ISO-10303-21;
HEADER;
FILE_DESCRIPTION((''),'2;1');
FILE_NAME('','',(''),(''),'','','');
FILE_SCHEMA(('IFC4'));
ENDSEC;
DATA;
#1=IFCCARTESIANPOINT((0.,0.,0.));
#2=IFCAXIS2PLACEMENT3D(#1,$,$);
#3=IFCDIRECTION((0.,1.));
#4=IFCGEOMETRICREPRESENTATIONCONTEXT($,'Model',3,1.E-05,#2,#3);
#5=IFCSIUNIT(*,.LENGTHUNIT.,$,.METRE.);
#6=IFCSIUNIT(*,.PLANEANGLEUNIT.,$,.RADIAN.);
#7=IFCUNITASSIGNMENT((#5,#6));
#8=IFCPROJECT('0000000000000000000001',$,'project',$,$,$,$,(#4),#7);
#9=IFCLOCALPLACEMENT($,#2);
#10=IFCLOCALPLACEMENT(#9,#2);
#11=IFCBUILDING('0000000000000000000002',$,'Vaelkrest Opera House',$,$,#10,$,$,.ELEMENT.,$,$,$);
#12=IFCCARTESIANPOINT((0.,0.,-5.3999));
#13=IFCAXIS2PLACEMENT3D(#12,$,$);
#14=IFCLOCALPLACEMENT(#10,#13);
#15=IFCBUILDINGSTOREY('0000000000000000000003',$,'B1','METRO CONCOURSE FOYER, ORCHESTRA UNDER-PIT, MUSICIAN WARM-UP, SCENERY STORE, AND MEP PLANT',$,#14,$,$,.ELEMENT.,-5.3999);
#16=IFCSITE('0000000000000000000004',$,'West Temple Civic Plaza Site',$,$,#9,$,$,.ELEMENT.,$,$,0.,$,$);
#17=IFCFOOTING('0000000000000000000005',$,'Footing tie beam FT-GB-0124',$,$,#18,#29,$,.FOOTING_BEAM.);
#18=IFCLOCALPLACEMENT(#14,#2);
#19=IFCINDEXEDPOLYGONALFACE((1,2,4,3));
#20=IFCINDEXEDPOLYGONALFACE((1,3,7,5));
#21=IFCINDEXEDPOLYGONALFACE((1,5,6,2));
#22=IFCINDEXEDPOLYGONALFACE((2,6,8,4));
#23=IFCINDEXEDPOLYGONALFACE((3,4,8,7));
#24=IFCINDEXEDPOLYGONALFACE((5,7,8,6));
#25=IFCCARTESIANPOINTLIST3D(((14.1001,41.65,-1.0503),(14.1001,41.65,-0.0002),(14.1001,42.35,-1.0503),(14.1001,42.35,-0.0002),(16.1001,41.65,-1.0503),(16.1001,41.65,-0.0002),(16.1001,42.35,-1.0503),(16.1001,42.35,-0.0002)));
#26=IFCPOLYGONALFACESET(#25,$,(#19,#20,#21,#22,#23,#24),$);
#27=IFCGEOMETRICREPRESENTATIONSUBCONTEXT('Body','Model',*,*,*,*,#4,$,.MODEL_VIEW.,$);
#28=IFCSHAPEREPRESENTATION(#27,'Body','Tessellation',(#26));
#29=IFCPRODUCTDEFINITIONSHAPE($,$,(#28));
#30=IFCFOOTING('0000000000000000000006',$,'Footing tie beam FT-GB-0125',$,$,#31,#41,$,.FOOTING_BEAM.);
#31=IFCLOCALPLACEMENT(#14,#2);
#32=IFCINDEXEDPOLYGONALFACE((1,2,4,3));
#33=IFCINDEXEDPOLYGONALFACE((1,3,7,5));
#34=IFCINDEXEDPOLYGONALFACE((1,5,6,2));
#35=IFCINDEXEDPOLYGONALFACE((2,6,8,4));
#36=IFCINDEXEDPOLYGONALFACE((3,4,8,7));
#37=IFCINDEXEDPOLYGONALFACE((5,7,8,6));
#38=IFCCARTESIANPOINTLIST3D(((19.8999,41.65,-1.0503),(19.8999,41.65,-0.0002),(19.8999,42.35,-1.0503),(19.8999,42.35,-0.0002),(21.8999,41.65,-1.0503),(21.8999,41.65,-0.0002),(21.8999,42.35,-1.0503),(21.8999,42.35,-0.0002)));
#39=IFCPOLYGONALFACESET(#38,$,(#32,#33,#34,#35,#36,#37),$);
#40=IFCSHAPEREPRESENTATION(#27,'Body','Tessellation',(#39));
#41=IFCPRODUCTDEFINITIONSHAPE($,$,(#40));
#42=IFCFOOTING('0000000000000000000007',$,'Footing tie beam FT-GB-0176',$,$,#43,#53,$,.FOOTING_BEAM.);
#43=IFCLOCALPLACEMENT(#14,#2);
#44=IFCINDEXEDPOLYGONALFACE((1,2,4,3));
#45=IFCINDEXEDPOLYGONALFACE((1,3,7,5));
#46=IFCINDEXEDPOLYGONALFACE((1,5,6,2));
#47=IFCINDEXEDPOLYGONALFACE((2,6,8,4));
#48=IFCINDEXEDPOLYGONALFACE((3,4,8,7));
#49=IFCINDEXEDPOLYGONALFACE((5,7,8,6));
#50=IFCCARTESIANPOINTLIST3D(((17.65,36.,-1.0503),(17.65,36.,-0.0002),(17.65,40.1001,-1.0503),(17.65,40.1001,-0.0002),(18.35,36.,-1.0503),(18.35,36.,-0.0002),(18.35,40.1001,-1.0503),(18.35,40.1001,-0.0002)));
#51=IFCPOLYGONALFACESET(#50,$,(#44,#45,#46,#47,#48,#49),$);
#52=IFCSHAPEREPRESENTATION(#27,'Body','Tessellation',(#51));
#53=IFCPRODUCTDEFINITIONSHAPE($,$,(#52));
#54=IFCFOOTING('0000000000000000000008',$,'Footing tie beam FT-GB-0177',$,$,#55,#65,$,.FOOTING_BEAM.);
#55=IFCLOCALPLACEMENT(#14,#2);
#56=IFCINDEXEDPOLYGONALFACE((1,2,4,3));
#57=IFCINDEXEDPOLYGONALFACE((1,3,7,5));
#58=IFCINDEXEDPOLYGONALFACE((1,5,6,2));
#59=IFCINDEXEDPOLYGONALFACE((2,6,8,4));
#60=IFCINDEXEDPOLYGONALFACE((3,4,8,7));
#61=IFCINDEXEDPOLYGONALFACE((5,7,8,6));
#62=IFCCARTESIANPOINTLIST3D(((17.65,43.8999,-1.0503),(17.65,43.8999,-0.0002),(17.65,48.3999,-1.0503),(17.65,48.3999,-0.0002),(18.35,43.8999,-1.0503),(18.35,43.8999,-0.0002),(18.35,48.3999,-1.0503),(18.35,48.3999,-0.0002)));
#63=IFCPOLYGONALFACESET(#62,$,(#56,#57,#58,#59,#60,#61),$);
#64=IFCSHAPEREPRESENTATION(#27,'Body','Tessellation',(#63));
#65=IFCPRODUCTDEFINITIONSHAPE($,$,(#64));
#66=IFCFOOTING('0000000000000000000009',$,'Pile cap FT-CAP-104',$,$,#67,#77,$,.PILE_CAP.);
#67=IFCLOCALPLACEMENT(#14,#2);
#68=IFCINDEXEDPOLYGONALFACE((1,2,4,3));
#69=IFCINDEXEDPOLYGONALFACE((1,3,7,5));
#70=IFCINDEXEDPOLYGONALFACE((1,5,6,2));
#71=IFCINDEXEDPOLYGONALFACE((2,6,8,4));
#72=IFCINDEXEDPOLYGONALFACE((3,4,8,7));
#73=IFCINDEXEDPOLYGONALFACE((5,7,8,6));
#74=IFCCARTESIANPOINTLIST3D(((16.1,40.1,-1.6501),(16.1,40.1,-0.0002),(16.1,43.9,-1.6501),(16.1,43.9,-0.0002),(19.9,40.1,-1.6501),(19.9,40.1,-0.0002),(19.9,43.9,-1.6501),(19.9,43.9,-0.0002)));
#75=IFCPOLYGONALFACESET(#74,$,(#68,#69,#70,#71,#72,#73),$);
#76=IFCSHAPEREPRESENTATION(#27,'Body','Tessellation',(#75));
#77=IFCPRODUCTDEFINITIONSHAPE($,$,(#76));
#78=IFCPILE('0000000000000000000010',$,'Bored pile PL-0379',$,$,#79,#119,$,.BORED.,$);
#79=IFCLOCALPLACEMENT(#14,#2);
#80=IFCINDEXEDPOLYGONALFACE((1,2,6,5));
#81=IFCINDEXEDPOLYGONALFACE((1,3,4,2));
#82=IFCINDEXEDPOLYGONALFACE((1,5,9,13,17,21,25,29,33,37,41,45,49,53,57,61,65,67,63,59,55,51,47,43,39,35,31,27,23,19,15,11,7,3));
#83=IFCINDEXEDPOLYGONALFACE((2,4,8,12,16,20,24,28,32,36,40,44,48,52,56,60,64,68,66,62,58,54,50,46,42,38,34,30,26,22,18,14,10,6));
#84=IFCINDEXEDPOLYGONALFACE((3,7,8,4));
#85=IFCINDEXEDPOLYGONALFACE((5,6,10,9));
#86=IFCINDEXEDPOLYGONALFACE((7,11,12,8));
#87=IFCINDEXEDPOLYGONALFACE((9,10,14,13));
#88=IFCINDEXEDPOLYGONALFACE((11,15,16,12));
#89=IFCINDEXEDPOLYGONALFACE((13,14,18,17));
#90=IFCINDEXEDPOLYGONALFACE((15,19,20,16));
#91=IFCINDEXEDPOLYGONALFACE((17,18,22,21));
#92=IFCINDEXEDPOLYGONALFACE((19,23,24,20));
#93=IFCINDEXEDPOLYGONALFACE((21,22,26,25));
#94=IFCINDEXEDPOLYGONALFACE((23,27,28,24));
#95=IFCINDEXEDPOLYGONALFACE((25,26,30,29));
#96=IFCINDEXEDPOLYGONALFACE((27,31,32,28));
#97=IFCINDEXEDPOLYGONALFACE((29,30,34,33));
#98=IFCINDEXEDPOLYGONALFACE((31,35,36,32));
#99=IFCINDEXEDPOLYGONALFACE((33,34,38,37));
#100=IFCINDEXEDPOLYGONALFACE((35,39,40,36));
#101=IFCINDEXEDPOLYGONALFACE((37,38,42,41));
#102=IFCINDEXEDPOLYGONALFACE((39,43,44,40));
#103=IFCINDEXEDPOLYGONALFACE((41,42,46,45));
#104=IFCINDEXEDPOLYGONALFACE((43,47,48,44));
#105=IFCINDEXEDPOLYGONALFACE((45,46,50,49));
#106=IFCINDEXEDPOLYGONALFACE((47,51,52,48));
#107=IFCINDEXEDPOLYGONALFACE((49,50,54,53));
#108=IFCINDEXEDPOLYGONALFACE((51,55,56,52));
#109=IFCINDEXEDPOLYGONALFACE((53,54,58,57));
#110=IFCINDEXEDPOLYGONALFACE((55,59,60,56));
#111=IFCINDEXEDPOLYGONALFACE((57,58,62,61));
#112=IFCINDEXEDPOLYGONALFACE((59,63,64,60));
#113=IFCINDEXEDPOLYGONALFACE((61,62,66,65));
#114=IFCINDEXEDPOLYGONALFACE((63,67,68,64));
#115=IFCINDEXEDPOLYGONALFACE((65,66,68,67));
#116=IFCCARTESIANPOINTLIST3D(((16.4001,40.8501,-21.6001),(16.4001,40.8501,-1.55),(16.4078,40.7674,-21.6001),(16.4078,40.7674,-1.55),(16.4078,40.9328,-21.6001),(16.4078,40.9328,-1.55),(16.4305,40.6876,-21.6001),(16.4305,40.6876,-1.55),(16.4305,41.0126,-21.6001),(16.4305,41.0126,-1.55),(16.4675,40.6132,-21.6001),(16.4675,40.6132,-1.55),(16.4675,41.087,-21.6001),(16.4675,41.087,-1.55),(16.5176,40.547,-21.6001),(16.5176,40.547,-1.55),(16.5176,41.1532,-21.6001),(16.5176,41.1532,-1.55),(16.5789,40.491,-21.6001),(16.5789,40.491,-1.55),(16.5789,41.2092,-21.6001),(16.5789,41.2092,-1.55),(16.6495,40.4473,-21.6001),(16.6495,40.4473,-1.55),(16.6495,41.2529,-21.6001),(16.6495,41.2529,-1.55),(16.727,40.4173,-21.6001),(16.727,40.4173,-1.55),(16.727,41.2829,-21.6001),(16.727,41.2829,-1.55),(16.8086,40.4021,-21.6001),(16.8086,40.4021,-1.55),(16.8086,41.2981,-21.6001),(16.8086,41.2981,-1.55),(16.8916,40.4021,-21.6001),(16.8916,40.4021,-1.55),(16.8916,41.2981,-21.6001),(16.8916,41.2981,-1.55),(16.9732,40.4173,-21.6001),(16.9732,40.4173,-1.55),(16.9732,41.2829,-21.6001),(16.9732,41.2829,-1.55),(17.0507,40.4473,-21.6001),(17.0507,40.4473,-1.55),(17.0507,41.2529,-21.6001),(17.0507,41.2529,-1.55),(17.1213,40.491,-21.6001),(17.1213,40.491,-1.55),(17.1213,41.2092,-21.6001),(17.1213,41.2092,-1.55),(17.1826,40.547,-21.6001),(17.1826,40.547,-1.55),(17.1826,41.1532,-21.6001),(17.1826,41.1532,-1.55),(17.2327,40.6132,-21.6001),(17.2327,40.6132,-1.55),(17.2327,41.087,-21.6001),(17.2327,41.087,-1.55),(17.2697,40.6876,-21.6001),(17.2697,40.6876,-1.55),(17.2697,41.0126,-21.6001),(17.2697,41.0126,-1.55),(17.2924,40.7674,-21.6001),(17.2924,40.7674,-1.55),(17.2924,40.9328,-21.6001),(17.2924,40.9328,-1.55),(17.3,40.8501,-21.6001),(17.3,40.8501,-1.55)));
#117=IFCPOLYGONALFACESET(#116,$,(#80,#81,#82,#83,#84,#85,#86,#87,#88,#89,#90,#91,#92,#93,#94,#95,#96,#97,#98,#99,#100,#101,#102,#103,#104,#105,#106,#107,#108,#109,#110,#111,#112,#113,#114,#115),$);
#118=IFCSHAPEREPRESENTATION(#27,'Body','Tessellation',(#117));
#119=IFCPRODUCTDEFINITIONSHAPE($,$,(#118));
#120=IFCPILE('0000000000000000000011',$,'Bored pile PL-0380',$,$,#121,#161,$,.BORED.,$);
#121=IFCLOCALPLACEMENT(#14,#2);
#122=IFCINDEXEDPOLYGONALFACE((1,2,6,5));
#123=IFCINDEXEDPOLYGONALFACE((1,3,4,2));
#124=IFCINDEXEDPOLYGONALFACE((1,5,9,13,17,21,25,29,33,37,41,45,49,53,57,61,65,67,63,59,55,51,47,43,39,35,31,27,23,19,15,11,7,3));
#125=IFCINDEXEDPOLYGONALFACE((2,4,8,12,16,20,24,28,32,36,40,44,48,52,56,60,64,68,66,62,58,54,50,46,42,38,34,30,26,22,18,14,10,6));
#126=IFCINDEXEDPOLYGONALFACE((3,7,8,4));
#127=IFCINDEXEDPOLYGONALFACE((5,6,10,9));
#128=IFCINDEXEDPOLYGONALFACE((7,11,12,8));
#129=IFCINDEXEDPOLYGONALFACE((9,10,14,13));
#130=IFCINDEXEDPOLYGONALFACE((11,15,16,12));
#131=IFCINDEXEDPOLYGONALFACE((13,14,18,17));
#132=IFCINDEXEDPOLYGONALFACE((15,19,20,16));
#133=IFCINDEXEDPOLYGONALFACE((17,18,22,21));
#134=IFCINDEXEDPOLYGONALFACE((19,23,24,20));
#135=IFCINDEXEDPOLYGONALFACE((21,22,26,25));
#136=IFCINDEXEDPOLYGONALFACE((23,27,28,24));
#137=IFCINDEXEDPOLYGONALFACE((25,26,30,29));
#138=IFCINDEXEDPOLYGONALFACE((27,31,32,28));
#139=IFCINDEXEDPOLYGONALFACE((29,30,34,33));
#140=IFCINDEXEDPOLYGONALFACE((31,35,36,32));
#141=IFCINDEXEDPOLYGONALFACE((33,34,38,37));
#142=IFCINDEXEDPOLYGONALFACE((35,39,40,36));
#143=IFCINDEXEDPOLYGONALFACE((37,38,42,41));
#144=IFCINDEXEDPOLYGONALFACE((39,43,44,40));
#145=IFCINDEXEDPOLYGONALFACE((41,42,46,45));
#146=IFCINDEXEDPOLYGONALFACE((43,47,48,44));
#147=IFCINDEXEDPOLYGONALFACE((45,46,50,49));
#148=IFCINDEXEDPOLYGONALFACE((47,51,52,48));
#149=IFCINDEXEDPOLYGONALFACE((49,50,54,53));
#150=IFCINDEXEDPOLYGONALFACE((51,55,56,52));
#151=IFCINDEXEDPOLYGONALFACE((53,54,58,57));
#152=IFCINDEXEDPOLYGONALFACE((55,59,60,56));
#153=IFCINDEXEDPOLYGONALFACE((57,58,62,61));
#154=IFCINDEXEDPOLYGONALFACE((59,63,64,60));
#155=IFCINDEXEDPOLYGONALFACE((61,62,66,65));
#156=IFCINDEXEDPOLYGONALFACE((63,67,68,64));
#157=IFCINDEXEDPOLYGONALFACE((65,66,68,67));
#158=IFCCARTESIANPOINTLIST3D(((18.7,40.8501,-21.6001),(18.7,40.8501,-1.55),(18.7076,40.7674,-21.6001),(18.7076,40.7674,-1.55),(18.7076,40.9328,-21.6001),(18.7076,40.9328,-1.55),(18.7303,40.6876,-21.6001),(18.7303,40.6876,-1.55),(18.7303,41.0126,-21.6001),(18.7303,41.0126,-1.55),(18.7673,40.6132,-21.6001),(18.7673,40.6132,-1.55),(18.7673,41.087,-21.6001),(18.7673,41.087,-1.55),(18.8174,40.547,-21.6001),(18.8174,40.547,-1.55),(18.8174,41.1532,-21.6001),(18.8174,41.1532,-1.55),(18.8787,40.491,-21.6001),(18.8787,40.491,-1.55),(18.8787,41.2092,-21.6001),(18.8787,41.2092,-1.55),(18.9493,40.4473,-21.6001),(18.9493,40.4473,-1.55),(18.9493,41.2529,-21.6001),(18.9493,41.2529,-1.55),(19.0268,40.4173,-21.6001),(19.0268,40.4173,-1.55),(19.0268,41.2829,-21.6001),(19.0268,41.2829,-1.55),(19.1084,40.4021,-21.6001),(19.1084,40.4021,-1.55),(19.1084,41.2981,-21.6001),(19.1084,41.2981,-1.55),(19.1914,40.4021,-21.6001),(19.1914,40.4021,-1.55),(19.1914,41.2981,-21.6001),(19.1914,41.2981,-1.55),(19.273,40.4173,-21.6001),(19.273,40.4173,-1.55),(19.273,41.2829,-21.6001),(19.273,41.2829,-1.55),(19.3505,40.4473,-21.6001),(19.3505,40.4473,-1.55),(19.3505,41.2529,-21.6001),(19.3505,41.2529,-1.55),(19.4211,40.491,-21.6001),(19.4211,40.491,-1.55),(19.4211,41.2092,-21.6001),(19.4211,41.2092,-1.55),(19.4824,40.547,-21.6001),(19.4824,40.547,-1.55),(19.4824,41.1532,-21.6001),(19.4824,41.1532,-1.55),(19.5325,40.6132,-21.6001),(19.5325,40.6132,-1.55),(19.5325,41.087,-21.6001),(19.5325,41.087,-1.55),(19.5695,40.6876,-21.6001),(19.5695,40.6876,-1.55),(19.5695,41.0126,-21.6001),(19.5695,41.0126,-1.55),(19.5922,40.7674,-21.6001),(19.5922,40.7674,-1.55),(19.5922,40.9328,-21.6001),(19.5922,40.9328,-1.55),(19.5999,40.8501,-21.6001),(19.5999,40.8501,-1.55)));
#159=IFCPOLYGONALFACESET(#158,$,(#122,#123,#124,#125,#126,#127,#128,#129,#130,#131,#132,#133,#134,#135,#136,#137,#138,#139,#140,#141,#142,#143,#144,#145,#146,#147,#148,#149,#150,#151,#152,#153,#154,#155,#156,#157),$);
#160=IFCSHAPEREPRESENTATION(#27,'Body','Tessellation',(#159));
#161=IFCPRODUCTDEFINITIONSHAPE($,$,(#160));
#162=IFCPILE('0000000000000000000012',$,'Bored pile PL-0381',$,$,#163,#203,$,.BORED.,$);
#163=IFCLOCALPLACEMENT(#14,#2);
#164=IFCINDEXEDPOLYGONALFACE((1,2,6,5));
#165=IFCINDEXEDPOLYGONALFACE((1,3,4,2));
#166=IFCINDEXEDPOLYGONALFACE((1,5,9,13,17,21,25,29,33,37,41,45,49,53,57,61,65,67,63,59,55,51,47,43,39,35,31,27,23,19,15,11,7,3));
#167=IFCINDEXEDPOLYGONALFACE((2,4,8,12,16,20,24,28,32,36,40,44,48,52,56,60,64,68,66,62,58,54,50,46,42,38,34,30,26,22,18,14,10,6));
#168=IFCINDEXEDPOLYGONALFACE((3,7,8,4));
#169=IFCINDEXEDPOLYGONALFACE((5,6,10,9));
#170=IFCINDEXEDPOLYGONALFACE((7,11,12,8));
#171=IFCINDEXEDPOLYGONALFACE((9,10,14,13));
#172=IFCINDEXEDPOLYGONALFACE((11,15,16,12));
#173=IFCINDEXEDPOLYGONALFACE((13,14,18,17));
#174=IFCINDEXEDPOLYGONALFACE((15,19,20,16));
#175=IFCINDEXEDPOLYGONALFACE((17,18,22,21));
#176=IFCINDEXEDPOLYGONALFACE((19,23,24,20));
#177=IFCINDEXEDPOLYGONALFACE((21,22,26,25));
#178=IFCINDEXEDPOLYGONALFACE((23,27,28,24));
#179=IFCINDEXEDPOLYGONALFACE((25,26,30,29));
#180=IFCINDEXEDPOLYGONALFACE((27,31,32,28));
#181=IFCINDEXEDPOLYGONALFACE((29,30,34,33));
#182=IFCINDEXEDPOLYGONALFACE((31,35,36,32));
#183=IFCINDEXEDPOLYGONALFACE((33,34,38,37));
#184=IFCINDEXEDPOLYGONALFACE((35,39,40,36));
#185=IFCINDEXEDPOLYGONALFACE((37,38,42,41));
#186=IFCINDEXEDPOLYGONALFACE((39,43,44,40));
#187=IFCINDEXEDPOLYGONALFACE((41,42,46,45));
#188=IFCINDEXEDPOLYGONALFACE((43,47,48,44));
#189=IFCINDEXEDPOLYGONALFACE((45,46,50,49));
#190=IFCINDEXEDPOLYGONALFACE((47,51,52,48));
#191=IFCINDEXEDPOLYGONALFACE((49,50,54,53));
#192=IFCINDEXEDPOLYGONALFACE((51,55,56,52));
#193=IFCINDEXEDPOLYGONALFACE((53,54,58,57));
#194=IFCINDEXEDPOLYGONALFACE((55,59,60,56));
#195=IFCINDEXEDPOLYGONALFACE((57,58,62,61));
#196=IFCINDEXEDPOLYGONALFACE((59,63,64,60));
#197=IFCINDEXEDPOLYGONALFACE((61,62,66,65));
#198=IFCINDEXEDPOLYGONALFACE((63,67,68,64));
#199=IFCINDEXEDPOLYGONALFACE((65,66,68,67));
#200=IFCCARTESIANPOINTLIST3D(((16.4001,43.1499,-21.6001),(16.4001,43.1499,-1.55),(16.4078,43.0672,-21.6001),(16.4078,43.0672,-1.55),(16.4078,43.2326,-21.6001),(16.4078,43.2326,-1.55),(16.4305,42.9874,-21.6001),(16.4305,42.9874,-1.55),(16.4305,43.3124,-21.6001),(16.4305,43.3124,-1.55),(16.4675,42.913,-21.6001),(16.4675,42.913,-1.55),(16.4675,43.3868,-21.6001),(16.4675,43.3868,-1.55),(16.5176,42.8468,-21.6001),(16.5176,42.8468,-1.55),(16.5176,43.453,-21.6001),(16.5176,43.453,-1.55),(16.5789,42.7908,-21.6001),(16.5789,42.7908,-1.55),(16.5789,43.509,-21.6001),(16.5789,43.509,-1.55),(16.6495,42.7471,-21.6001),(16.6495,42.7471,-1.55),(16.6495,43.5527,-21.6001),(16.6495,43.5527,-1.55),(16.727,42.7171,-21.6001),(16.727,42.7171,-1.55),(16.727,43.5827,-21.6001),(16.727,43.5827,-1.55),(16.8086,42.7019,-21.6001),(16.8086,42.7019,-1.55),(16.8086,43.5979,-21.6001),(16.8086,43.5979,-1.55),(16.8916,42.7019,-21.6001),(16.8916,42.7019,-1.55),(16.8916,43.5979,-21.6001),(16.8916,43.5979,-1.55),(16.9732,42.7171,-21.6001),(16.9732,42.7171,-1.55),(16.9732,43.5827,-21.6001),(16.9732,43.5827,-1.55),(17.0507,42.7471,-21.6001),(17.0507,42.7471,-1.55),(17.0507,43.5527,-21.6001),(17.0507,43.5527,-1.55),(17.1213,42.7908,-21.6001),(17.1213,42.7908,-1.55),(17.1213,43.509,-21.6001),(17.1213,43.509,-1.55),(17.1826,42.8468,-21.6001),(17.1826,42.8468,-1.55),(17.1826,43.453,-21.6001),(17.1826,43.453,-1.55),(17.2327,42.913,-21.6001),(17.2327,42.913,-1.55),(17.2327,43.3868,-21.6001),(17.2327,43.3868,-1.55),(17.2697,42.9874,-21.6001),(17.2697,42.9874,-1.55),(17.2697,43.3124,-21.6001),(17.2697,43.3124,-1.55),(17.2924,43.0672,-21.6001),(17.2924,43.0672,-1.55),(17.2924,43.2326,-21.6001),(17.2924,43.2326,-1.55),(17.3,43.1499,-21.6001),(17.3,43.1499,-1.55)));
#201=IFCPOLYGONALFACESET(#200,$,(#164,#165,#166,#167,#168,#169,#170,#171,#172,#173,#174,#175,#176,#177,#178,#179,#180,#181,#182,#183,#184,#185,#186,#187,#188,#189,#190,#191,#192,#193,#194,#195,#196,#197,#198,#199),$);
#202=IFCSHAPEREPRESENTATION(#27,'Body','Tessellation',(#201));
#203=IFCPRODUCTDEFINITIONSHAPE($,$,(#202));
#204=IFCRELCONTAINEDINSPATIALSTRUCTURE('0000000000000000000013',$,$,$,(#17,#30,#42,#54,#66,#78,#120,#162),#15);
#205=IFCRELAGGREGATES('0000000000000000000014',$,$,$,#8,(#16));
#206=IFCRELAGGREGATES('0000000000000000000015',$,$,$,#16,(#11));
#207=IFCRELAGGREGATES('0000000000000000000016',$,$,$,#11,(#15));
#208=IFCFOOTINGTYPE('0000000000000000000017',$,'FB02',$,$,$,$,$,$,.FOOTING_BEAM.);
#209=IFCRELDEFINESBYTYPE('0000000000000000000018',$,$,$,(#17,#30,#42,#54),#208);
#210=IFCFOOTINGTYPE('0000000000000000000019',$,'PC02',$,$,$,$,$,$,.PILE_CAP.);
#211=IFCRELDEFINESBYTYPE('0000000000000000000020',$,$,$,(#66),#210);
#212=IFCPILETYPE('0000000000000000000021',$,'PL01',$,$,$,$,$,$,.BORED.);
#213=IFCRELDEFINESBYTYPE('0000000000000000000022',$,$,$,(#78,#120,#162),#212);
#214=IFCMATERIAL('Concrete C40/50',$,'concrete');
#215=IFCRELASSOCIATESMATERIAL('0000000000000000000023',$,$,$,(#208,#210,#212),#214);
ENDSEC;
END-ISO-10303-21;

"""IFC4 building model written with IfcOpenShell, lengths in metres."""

from ifc_helpers import new_model, si_unit, direction, frame, origin, origin_2d, place, context, subcontext, project, spatial, rectangle, circle, extrude, material, material_profile, profile_set, type_object, element, save


model = new_model("IFC4")

# Units and contexts
model_context = context("Model", 3, precision=1e-05, world=origin(), true_north=direction((0.0, 1.0)))
body_context = subcontext(model_context, "Body", "Model", "MODEL_VIEW")
ifc_project = project(units=[si_unit("LENGTHUNIT", "METRE"), si_unit("PLANEANGLEUNIT", "RADIAN")], contexts=[model_context])

# Site, building, storey
site_placement = place(None, origin())
site = spatial("IfcSite", under=ifc_project, at=site_placement, Name="West Temple Civic Plaza Site", CompositionType="ELEMENT", RefElevation=0.0)
building_placement = place(site_placement, origin())
building = spatial("IfcBuilding", under=site, at=building_placement, Name="Vaelkrest Opera House", CompositionType="ELEMENT")
storey_placement = place(building_placement, frame((0.0, 0.0, -5.3999)))
storey = spatial("IfcBuildingStorey", under=building, at=storey_placement, Name="B1", Description="METRO CONCOURSE FOYER, ORCHESTRA UNDER-PIT, MUSICIAN WARM-UP, SCENERY STORE, AND MEP PLANT", CompositionType="ELEMENT", Elevation=-5.3999)

# Footings
ifc_material_1 = material(Name="Concrete C40/50", Category="concrete")
footing_type_1 = type_object("IfcFootingType", Name="FB02", PredefinedType="FOOTING_BEAM", material=ifc_material_1)
for number, where, z_axis, x_axis, name in (
    (1, (15.1001, 42.0, -1.0503), (0.0, 0.0, 1.0), (1.0, 0.0, 0.0), "Footing tie beam FT-GB-0124"),
    (2, (20.8999, 42.0, -1.0503), (0.0, 0.0, 1.0), (1.0, 0.0, 0.0), "Footing tie beam FT-GB-0125"),
):
    element("IfcFooting", number, at=place(storey_placement, frame(where, z_axis=z_axis, x_axis=x_axis)), inside=storey, type_object=footing_type_1, Name=name, PredefinedType="FOOTING_BEAM", context=body_context, shape_type="SweptSolid", body=[
        extrude(rectangle(XDim=2.0, YDim=0.7, at=origin_2d()), origin(), (0.0, 0.0, 1.0), 1.05),
    ])
footing_1_placement = place(storey_placement, frame((18.0, 38.05, -1.0503), z_axis=(0.0, 0.0, 1.0), x_axis=(0.0, 1.0, 0.0)))
element("IfcFooting", 3, at=footing_1_placement, inside=storey, type_object=footing_type_1, Name="Footing tie beam FT-GB-0176", PredefinedType="FOOTING_BEAM", context=body_context, shape_type="SweptSolid", body=[
    extrude(rectangle(XDim=4.1001, YDim=0.7, at=origin_2d()), origin(), (0.0, 0.0, 1.0), 1.05),
])
footing_2_placement = place(storey_placement, frame((18.0, 46.1499, -1.0503), z_axis=(0.0, 0.0, 1.0), x_axis=(0.0, 1.0, 0.0)))
element("IfcFooting", 4, at=footing_2_placement, inside=storey, type_object=footing_type_1, Name="Footing tie beam FT-GB-0177", PredefinedType="FOOTING_BEAM", context=body_context, shape_type="SweptSolid", body=[
    extrude(rectangle(XDim=4.5, YDim=0.7, at=origin_2d()), origin(), (0.0, 0.0, 1.0), 1.05),
])
footing_type_2 = type_object("IfcFootingType", Name="PC02", PredefinedType="PILE_CAP", material=ifc_material_1)
footing_3_placement = place(storey_placement, frame((18.0, 42.0, -1.6501), z_axis=(0.0, 0.0, 1.0), x_axis=(1.0, 0.0, 0.0)))
element("IfcFooting", 5, at=footing_3_placement, inside=storey, type_object=footing_type_2, Name="Pile cap FT-CAP-104", PredefinedType="PILE_CAP", context=body_context, shape_type="SweptSolid", body=[
    extrude(rectangle(XDim=3.8, YDim=3.8, at=origin_2d()), origin(), (0.0, 0.0, 1.0), 1.6499),
])

# Piles
ifc_material_profile_1 = material_profile(ifc_material_1, circle(Radius=0.45, at=origin_2d()), Name="PILE900")
ifc_profile_set_1 = profile_set([ifc_material_profile_1], Name="Concrete C40/50")
pile_type_1 = type_object("IfcPileType", Name="PL01", PredefinedType="BORED", material=ifc_profile_set_1)
for number, where, z_axis, x_axis, name in (
    (6, (16.8501, 40.8501, -1.55), (0.0, 0.0, -1.0), (1.0, 0.0, 0.0), "Bored pile PL-0379"),
    (7, (19.1499, 40.8501, -1.55), (0.0, 0.0, -1.0), (1.0, 0.0, 0.0), "Bored pile PL-0380"),
    (8, (16.8501, 43.1499, -1.55), (0.0, 0.0, -1.0), (1.0, 0.0, 0.0), "Bored pile PL-0381"),
):
    element("IfcPile", number, at=place(storey_placement, frame(where, z_axis=z_axis, x_axis=x_axis)), inside=storey, type_object=pile_type_1, Name=name, PredefinedType="BORED", context=body_context, shape_type="SweptSolid", body=[
        extrude(circle(Radius=0.45, at=origin_2d()), origin(), (0.0, 0.0, 1.0), 20.05),
    ])

save(model, "model.ifc")
